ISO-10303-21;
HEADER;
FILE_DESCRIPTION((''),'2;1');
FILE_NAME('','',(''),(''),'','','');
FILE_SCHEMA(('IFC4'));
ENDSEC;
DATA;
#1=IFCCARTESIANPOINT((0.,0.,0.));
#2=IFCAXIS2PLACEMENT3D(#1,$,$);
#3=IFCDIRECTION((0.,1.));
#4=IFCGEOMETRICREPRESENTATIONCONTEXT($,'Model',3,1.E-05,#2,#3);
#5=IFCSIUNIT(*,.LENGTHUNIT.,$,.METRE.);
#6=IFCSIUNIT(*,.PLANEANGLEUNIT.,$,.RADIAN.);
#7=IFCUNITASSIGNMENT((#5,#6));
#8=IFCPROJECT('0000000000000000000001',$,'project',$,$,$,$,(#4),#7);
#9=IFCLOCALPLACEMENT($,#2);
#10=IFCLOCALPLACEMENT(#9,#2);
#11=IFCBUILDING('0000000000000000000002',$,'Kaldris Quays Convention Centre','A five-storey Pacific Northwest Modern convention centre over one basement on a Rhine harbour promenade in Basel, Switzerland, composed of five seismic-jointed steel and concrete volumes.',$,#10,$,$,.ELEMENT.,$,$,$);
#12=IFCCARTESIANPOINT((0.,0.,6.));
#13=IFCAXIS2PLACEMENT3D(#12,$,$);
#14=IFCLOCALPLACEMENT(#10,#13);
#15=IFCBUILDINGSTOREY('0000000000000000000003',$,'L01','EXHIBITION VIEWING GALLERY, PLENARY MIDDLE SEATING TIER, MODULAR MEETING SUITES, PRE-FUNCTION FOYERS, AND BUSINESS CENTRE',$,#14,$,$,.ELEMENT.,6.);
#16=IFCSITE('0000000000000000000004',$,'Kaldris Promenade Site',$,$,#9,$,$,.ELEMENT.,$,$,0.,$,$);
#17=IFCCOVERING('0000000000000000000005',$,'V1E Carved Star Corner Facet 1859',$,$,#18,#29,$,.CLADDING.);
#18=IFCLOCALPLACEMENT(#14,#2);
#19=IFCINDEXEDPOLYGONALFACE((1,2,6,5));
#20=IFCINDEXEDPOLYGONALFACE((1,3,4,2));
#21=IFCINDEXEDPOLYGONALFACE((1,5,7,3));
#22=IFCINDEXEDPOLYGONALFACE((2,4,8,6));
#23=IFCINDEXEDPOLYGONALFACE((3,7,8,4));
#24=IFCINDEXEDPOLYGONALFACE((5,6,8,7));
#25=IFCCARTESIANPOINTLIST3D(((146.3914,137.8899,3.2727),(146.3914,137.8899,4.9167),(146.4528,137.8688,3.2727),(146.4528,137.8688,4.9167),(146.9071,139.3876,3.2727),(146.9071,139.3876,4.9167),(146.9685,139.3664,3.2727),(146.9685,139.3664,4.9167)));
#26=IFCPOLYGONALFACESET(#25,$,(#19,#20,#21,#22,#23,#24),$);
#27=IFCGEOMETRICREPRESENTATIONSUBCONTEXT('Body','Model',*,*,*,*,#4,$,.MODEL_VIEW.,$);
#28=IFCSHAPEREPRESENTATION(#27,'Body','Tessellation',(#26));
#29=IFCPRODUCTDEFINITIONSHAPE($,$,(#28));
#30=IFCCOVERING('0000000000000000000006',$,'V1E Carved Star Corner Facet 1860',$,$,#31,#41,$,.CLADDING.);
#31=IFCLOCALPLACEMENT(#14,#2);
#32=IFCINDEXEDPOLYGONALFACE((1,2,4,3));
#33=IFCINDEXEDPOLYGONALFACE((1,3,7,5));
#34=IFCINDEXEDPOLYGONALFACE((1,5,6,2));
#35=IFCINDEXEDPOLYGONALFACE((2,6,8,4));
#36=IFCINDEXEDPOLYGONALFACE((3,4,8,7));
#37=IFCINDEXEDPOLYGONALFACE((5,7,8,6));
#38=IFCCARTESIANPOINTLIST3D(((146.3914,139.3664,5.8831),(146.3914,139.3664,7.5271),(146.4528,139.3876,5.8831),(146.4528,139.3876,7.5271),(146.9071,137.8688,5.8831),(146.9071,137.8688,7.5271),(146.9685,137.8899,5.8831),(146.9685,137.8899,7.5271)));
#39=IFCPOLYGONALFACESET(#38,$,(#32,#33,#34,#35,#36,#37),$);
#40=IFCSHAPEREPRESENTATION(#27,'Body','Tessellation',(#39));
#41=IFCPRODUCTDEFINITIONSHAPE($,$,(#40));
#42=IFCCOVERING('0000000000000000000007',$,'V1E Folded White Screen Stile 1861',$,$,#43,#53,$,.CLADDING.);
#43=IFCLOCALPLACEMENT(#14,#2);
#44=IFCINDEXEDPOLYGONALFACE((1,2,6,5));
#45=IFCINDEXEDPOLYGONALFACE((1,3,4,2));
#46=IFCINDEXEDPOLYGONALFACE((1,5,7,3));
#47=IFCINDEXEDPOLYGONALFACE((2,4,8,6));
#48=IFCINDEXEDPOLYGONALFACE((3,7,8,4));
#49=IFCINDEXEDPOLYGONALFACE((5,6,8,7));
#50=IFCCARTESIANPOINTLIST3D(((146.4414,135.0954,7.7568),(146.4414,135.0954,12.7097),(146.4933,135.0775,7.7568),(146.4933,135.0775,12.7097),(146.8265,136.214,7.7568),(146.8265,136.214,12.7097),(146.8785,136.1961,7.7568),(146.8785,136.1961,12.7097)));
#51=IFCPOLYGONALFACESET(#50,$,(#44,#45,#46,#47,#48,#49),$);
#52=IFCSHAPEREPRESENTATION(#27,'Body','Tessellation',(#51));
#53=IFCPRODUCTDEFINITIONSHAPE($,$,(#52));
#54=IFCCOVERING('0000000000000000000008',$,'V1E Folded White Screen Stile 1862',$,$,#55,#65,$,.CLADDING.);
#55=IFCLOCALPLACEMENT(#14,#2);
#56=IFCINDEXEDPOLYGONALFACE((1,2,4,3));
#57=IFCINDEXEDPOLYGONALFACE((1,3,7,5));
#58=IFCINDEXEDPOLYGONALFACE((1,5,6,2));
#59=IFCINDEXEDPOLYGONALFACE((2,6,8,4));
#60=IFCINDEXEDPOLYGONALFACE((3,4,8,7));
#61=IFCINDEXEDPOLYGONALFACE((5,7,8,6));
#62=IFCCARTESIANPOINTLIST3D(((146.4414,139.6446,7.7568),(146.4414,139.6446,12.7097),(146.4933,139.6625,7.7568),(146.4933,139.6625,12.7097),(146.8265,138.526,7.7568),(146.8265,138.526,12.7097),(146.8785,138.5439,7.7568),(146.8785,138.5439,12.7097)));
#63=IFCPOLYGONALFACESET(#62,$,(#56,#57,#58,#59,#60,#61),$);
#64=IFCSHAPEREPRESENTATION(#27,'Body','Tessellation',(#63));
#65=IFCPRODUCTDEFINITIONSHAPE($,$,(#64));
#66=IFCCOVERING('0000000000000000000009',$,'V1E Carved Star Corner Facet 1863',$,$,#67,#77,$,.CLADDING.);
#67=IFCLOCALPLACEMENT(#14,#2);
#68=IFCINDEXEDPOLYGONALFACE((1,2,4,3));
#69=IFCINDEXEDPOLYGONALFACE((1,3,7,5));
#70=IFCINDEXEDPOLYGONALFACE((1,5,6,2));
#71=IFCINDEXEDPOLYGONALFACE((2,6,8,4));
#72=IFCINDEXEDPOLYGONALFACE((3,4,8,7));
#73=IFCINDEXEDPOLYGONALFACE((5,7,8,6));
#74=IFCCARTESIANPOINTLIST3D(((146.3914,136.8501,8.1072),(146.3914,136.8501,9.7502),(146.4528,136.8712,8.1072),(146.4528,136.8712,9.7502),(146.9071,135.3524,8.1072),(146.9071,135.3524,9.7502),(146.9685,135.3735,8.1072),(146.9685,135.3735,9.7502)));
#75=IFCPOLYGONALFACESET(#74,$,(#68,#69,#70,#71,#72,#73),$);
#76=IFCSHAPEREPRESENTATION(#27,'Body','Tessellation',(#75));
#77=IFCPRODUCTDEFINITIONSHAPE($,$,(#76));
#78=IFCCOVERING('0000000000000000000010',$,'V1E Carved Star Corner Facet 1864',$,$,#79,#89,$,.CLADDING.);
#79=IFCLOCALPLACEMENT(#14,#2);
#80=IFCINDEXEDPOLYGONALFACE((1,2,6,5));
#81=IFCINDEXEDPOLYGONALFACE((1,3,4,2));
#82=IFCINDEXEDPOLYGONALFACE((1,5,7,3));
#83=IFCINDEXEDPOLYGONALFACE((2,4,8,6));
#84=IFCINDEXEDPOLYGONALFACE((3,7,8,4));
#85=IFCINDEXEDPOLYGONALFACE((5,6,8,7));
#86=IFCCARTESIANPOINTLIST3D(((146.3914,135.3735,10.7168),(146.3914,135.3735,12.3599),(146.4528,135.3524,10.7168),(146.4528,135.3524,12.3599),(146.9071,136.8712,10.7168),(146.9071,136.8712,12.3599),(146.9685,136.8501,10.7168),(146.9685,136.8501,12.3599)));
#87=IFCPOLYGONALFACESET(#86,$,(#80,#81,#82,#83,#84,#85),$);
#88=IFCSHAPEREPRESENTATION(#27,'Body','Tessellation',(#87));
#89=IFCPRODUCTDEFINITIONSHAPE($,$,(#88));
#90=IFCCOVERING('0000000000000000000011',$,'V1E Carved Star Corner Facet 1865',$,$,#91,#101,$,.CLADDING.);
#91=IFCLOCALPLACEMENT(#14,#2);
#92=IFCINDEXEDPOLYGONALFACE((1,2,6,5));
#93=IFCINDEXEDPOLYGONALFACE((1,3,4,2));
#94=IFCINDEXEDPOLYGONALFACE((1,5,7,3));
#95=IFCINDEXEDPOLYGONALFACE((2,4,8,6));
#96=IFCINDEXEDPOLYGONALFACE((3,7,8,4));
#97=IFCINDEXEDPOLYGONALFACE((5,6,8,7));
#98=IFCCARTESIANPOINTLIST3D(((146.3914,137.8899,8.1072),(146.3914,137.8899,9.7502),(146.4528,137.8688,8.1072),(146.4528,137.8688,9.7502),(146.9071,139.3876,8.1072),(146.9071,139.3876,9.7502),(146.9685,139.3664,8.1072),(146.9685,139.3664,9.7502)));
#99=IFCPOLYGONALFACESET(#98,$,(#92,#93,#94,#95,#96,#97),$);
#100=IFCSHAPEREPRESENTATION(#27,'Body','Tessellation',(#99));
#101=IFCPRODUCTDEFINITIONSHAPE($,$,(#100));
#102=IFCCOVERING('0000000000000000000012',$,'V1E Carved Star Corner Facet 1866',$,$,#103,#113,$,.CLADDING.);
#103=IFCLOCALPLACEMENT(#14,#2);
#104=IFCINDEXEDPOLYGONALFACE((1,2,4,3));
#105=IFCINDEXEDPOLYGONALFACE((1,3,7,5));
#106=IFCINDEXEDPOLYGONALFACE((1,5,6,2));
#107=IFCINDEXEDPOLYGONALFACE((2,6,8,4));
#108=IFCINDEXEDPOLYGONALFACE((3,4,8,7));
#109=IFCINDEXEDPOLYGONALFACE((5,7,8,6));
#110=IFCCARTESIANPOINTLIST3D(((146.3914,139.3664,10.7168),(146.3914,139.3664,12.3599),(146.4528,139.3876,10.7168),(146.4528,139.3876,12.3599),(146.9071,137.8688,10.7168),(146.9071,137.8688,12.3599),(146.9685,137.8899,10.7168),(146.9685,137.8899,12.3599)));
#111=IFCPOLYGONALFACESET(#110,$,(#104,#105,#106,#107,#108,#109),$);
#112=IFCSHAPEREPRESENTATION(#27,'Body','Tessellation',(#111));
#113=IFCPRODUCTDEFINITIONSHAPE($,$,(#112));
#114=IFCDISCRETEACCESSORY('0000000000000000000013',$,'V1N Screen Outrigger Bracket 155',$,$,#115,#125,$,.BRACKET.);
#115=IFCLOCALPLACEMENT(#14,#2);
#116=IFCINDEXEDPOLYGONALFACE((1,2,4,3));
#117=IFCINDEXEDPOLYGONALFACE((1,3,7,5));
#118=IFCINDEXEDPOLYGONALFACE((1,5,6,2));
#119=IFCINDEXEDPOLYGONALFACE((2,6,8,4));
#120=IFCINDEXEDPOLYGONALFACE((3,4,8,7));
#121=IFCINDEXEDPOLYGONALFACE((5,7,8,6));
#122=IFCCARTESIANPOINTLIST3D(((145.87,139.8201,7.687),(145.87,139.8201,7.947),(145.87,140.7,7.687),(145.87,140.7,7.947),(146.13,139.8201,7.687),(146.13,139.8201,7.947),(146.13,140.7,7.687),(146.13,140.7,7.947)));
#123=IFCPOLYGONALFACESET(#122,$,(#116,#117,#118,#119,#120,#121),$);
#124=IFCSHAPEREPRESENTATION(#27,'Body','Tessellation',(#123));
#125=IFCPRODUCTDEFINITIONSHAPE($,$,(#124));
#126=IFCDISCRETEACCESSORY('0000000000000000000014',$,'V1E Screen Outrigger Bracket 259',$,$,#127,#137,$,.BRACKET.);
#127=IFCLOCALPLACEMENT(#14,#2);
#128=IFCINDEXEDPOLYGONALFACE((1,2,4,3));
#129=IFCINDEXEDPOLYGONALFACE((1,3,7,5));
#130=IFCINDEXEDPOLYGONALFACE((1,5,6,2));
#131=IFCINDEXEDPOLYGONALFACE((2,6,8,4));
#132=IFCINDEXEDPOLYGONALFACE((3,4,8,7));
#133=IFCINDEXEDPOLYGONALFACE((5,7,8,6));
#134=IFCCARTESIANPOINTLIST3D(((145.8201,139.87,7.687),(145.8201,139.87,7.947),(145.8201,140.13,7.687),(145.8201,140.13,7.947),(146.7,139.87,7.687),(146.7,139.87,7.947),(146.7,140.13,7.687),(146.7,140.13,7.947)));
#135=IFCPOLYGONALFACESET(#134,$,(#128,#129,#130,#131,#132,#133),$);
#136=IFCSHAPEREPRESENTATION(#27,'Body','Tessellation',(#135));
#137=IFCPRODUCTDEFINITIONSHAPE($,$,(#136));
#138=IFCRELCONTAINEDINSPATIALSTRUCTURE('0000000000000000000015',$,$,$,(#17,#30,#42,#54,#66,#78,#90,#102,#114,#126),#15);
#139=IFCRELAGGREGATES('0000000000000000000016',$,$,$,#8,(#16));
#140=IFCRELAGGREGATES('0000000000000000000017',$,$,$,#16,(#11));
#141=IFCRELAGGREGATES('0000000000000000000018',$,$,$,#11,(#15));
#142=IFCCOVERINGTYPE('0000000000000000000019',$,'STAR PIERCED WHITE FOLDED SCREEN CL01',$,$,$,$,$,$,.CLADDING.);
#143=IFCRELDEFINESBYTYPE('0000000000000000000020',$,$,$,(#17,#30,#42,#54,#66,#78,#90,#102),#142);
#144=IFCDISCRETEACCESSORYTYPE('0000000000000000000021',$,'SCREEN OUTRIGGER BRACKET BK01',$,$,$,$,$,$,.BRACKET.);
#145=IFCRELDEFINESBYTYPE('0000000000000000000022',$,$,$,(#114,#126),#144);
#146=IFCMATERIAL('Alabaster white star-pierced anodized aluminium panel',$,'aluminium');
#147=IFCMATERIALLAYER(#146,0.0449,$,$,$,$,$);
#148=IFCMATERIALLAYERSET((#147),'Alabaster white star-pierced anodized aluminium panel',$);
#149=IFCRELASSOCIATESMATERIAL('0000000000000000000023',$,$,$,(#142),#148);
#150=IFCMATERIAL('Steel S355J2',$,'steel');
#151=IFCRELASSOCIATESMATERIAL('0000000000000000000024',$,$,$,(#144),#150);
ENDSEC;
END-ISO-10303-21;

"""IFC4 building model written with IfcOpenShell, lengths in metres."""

from ifc_helpers import new_model, si_unit, direction, frame, origin, origin_2d, place, context, subcontext, project, spatial, rectangle, extrude, material, layer, layer_set, type_object, element, save


model = new_model("IFC4")

# Units and contexts
model_context = context("Model", 3, precision=1e-05, world=origin(), true_north=direction((0.0, 1.0)))
body_context = subcontext(model_context, "Body", "Model", "MODEL_VIEW")
ifc_project = project(units=[si_unit("LENGTHUNIT", "METRE"), si_unit("PLANEANGLEUNIT", "RADIAN")], contexts=[model_context])

# Site, building, storey
site_placement = place(None, origin())
site = spatial("IfcSite", under=ifc_project, at=site_placement, Name="Kaldris Promenade Site", CompositionType="ELEMENT", RefElevation=0.0)
building_placement = place(site_placement, origin())
building = spatial("IfcBuilding", under=site, at=building_placement, Name="Kaldris Quays Convention Centre", Description="A five-storey Pacific Northwest Modern convention centre over one basement on a Rhine harbour promenade in Basel, Switzerland, composed of five seismic-jointed steel and concrete volumes.", CompositionType="ELEMENT")
storey_placement = place(building_placement, frame((0.0, 0.0, 6.0)))
storey = spatial("IfcBuildingStorey", under=building, at=storey_placement, Name="L01", Description="EXHIBITION VIEWING GALLERY, PLENARY MIDDLE SEATING TIER, MODULAR MEETING SUITES, PRE-FUNCTION FOYERS, AND BUSINESS CENTRE", CompositionType="ELEMENT", Elevation=6.0)

# Coverings
ifc_material_1 = material(Name="Alabaster white star-pierced anodized aluminium panel", Category="aluminium")
ifc_layer = layer(ifc_material_1, 0.0449)
ifc_layer_set = layer_set([ifc_layer], Name="Alabaster white star-pierced anodized aluminium panel")
covering_type = type_object("IfcCoveringType", Name="STAR PIERCED WHITE FOLDED SCREEN CL01", PredefinedType="CLADDING", material=ifc_layer_set)
for number, where, z_axis, x_axis, name in (
    (1, (146.6799, 138.6282, 3.2727), (0.0, 0.0, 1.0), (0.325568, 0.945519, 0.0), "V1E Carved Star Corner Facet 1859"),
    (2, (146.6799, 138.6282, 5.8831), (0.0, 0.0, 1.0), (-0.325568, 0.945519, 0.0), "V1E Carved Star Corner Facet 1860"),
):
    element("IfcCovering", number, at=place(storey_placement, frame(where, z_axis=z_axis, x_axis=x_axis)), inside=storey, type_object=covering_type, Name=name, PredefinedType="CLADDING", context=body_context, shape_type="SweptSolid", body=[
        extrude(rectangle(XDim=1.584, YDim=0.0649, at=origin_2d()), origin(), (0.0, 0.0, 1.0), 1.644),
    ])
for number, where, z_axis, x_axis, name in (
    (3, (146.6599, 135.6458, 7.7568), (0.0, 0.0, 1.0), (0.325568, 0.945519, 0.0), "V1E Folded White Screen Stile 1861"),
    (4, (146.6599, 139.0942, 7.7568), (0.0, 0.0, 1.0), (-0.325568, 0.945519, 0.0), "V1E Folded White Screen Stile 1862"),
):
    element("IfcCovering", number, at=place(storey_placement, frame(where, z_axis=z_axis, x_axis=x_axis)), inside=storey, type_object=covering_type, Name=name, PredefinedType="CLADDING", context=body_context, shape_type="SweptSolid", body=[
        extrude(rectangle(XDim=1.1831, YDim=0.0549, at=origin_2d()), origin(), (0.0, 0.0, 1.0), 4.9529),
    ])
for number, where, z_axis, x_axis, name in (
    (5, (146.6799, 136.1118, 8.1072), (0.0, 0.0, 1.0), (-0.325568, 0.945519, 0.0), "V1E Carved Star Corner Facet 1863"),
    (6, (146.6799, 136.1118, 10.7168), (0.0, 0.0, 1.0), (0.325568, 0.945519, 0.0), "V1E Carved Star Corner Facet 1864"),
    (7, (146.6799, 138.6282, 8.1072), (0.0, 0.0, 1.0), (0.325568, 0.945519, 0.0), "V1E Carved Star Corner Facet 1865"),
    (8, (146.6799, 138.6282, 10.7168), (0.0, 0.0, 1.0), (-0.325568, 0.945519, 0.0), "V1E Carved Star Corner Facet 1866"),
):
    element("IfcCovering", number, at=place(storey_placement, frame(where, z_axis=z_axis, x_axis=x_axis)), inside=storey, type_object=covering_type, Name=name, PredefinedType="CLADDING", context=body_context, shape_type="SweptSolid", body=[
        extrude(rectangle(XDim=1.584, YDim=0.0649, at=origin_2d()), origin(), (0.0, 0.0, 1.0), 1.6431),
    ])

# Discrete accessories
ifc_material_2 = material(Name="Steel S355J2", Category="steel")
discrete_accessory_type = type_object("IfcDiscreteAccessoryType", Name="SCREEN OUTRIGGER BRACKET BK01", PredefinedType="BRACKET", material=ifc_material_2)
for number, where, z_axis, x_axis, name in (
    (9, (146.0, 140.26, 7.687), (0.0, 0.0, 1.0), (1.0, 0.0, 0.0), "V1N Screen Outrigger Bracket 155"),
    (10, (146.26, 140.0, 7.687), (0.0, 0.0, 1.0), (0.0, 1.0, 0.0), "V1E Screen Outrigger Bracket 259"),
):
    element("IfcDiscreteAccessory", number, at=place(storey_placement, frame(where, z_axis=z_axis, x_axis=x_axis)), inside=storey, type_object=discrete_accessory_type, Name=name, PredefinedType="BRACKET", context=body_context, shape_type="SweptSolid", body=[
        extrude(rectangle(XDim=0.26, YDim=0.8799, at=origin_2d()), origin(), (0.0, 0.0, 1.0), 0.26),
    ])

save(model, "model.ifc")
